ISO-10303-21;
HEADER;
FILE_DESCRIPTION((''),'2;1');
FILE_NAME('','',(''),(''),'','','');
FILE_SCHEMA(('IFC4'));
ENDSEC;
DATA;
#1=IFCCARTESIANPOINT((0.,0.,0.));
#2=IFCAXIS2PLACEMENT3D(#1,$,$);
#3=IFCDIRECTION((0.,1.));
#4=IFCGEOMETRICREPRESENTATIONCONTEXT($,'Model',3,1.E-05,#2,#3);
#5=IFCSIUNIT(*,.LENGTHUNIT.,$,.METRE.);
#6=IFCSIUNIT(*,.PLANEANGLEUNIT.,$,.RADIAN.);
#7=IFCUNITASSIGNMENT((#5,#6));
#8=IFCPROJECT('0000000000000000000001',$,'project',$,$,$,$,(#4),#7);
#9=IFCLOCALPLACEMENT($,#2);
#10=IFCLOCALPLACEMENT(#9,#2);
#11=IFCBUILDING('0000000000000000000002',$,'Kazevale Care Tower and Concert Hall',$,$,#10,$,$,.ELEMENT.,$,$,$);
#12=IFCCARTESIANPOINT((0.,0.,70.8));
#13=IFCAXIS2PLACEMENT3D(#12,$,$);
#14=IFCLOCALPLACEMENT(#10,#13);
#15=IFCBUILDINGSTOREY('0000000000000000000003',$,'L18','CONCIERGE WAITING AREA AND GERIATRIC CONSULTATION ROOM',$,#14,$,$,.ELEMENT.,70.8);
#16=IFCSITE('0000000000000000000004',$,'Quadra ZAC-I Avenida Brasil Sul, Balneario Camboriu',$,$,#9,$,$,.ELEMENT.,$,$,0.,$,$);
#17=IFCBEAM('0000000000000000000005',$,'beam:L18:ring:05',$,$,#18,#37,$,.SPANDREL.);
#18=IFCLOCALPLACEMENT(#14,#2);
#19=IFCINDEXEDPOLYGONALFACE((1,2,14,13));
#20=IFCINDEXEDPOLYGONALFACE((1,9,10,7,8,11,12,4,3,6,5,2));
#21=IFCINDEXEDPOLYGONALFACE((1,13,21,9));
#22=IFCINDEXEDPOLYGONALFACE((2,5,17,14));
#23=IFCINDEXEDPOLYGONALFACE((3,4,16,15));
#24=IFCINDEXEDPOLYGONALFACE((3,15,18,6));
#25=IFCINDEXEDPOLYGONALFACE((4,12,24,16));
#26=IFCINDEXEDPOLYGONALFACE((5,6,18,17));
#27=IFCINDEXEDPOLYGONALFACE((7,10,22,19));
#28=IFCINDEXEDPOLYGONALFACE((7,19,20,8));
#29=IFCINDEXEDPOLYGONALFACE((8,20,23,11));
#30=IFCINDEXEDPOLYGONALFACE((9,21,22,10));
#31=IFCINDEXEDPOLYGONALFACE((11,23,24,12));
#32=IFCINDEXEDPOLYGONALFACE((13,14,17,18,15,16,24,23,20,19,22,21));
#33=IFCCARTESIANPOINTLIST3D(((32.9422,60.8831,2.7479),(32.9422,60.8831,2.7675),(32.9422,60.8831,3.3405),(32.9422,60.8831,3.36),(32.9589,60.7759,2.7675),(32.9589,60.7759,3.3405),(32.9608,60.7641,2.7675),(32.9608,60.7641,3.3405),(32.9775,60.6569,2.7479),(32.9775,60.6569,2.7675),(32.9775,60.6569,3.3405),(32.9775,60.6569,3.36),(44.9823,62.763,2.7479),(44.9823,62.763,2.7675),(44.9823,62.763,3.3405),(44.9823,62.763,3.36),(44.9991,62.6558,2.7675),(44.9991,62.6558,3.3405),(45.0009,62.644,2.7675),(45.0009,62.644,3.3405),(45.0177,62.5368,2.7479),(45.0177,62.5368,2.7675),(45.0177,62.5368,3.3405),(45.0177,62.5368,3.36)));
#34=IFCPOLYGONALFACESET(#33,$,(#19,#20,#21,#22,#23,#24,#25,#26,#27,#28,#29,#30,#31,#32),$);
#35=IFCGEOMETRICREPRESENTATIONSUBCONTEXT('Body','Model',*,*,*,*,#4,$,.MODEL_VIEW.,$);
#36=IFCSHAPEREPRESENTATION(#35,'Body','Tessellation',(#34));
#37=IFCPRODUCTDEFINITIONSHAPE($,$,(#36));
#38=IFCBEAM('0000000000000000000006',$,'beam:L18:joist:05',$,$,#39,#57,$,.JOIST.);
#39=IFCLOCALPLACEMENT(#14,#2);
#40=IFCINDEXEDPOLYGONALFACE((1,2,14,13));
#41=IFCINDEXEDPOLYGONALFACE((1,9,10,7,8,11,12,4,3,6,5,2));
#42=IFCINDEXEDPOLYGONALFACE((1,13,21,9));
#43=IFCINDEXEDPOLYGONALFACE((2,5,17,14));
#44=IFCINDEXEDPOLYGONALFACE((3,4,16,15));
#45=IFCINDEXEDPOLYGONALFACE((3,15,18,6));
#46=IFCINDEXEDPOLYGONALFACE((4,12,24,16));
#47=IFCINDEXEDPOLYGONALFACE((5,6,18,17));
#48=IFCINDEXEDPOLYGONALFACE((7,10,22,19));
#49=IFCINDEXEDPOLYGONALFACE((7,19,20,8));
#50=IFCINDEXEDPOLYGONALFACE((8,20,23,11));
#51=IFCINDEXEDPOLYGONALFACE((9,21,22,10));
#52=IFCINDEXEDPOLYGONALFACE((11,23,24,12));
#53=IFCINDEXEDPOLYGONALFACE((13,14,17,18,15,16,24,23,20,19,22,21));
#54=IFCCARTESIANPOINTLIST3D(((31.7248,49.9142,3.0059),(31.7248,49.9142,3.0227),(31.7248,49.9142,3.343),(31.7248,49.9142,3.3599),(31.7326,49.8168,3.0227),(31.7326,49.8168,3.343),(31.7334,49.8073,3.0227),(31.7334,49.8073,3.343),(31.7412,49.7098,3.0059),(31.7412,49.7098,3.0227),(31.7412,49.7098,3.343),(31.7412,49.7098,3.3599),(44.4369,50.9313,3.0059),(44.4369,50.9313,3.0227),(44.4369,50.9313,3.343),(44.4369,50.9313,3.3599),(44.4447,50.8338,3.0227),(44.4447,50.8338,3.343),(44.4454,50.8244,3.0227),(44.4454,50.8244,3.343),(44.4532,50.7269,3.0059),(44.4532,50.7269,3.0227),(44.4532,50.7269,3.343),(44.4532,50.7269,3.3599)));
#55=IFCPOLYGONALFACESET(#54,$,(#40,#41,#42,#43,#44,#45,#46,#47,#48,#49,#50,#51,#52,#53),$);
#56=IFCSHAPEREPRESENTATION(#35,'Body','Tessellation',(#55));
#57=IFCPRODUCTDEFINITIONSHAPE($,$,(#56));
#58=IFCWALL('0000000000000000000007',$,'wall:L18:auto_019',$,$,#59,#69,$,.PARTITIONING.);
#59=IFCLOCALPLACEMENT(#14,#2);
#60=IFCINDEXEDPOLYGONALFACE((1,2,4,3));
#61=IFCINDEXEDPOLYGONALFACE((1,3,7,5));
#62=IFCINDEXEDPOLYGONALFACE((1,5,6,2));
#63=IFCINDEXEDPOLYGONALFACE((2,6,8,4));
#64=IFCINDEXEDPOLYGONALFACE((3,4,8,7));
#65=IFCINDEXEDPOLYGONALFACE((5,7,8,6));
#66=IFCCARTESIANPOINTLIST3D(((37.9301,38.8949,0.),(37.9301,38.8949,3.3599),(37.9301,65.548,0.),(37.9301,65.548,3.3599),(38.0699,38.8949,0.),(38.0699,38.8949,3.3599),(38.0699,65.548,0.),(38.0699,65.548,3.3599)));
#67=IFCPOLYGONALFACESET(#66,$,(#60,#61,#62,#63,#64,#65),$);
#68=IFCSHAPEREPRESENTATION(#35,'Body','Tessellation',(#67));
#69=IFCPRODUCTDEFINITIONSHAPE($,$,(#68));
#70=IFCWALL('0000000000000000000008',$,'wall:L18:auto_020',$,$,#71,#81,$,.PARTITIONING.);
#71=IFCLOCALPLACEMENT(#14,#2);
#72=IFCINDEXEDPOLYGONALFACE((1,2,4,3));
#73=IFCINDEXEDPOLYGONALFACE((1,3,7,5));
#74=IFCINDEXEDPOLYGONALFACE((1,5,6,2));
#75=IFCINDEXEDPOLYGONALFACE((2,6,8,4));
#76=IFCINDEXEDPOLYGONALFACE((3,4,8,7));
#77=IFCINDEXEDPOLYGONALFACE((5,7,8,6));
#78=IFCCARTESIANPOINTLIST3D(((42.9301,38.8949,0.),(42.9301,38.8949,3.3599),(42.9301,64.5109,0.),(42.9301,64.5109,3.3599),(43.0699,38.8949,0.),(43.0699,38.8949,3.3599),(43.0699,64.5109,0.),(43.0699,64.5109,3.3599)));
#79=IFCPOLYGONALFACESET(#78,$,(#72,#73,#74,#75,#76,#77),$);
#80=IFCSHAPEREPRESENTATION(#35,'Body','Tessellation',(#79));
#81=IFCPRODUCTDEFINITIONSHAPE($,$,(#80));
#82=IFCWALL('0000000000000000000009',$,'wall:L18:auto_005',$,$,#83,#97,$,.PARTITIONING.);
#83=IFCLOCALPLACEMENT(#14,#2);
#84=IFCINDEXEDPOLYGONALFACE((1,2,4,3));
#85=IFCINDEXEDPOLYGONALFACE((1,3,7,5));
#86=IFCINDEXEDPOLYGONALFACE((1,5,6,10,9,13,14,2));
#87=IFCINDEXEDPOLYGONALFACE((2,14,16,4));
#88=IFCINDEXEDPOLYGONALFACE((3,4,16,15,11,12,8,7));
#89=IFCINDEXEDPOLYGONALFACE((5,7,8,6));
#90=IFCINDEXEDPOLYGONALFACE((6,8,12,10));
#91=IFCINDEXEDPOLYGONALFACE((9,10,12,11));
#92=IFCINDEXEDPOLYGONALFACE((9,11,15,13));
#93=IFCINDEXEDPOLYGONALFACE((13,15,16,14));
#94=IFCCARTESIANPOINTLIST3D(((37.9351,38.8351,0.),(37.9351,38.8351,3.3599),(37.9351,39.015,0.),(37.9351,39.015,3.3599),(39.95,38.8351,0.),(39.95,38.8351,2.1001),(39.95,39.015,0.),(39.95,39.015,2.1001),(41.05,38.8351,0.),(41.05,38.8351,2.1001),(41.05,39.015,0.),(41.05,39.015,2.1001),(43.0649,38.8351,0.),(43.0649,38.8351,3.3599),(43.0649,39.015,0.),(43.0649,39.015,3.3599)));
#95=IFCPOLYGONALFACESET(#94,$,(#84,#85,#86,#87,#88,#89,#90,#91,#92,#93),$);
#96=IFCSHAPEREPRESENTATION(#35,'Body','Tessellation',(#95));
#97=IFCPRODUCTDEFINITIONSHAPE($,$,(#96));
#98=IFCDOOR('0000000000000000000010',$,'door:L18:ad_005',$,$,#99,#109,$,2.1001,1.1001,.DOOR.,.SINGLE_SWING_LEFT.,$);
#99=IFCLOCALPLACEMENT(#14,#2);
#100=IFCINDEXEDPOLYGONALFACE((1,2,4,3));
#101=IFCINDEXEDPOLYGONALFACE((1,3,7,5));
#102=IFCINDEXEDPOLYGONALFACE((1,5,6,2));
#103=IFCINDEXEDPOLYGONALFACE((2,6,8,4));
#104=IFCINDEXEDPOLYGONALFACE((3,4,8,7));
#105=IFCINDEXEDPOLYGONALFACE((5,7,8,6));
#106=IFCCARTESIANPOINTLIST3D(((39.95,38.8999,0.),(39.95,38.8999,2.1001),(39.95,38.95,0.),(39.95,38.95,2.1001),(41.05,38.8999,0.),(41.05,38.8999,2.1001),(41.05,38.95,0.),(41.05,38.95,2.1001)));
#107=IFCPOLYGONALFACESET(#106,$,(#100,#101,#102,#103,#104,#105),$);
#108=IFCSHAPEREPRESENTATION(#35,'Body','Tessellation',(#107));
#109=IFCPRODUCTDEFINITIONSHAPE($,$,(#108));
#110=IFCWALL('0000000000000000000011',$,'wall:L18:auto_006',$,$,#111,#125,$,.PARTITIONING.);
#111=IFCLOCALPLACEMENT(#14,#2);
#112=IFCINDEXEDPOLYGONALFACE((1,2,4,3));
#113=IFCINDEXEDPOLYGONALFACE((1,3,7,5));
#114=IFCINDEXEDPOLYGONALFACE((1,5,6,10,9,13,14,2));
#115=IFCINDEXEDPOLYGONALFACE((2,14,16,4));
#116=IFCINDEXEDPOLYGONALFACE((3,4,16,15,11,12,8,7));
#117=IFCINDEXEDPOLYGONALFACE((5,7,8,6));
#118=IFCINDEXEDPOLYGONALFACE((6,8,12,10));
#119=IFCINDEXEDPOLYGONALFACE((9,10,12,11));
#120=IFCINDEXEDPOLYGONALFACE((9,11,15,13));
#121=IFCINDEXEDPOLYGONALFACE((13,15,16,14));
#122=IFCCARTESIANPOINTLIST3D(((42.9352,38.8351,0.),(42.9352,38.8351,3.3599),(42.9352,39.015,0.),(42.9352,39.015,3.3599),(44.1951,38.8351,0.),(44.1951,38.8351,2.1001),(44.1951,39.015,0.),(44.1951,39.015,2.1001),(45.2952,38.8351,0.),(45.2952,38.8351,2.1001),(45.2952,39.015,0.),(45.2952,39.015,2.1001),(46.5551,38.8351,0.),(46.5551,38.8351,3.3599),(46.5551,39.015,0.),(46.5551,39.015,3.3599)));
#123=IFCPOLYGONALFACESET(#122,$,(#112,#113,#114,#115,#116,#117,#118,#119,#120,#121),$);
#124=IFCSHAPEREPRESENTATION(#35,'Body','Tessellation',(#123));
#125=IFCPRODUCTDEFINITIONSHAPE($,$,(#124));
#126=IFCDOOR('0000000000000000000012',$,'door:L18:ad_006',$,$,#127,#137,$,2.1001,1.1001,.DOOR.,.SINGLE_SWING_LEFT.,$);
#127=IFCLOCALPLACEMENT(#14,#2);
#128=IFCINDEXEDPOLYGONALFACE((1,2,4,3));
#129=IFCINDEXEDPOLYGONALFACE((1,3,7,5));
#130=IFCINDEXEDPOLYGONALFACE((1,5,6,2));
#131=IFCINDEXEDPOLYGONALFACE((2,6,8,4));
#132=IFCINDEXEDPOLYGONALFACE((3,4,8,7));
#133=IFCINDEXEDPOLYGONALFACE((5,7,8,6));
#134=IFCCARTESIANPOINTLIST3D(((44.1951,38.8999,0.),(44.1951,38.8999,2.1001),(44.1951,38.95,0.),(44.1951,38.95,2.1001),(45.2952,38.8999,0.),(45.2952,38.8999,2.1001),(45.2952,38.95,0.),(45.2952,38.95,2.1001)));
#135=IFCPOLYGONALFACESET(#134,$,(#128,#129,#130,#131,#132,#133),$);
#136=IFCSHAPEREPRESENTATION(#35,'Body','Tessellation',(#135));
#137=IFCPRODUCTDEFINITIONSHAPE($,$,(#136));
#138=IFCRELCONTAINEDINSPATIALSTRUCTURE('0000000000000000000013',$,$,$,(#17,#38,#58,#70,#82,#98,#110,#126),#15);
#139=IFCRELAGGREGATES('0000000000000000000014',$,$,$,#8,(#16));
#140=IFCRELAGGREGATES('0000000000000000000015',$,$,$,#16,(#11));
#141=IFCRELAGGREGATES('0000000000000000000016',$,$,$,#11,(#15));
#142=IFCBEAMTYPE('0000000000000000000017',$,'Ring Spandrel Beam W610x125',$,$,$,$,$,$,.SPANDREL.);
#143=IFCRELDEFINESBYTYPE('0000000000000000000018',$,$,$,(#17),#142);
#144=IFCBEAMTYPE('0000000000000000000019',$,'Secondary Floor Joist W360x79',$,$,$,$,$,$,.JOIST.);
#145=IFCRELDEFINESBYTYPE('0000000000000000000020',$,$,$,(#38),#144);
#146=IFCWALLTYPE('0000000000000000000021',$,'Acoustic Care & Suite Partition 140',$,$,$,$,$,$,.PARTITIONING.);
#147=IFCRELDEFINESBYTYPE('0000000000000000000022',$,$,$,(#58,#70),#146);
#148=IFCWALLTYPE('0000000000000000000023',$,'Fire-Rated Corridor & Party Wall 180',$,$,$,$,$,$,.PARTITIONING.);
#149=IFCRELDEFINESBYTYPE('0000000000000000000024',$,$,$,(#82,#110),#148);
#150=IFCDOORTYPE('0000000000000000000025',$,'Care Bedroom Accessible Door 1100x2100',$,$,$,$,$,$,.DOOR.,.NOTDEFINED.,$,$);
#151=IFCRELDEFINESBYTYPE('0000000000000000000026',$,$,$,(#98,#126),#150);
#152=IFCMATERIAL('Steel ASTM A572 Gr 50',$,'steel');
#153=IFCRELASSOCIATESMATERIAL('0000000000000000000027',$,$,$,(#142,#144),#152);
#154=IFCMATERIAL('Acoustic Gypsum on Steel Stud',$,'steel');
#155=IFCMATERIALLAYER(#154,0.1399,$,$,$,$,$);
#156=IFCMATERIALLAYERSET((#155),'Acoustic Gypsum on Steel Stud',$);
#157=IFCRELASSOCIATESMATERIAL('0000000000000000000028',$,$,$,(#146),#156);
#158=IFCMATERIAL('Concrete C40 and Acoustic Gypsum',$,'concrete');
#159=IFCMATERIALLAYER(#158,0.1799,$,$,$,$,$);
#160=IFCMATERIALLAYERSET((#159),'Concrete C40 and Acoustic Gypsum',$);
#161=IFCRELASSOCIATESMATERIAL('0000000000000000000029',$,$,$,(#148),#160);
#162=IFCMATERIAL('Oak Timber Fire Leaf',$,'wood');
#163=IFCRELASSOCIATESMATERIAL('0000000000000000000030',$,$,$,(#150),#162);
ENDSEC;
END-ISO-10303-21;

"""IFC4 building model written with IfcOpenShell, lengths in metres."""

from ifc_helpers import new_model, si_unit, direction, frame, frame_2d, origin, origin_2d, place, context, subcontext, project, spatial, rectangle, i_section, extrude, material, layer, layer_set, material_profile, profile_set, type_object, element, fill, save


model = new_model("IFC4")

# Units and contexts
model_context = context("Model", 3, precision=1e-05, world=origin(), true_north=direction((0.0, 1.0)))
body_context = subcontext(model_context, "Body", "Model", "MODEL_VIEW")
ifc_project = project(units=[si_unit("LENGTHUNIT", "METRE"), si_unit("PLANEANGLEUNIT", "RADIAN")], contexts=[model_context])

# Site, building, storey
site_placement = place(None, origin())
site = spatial("IfcSite", under=ifc_project, at=site_placement, Name="Quadra ZAC-I Avenida Brasil Sul, Balneario Camboriu", CompositionType="ELEMENT", RefElevation=0.0)
building_placement = place(site_placement, origin())
building = spatial("IfcBuilding", under=site, at=building_placement, Name="Kazevale Care Tower and Concert Hall", CompositionType="ELEMENT")
storey_placement = place(building_placement, frame((0.0, 0.0, 70.8)))
storey = spatial("IfcBuildingStorey", under=building, at=storey_placement, Name="L18", Description="CONCIERGE WAITING AREA AND GERIATRIC CONSULTATION ROOM", CompositionType="ELEMENT", Elevation=70.8)

# Beams
ifc_material_1 = material(Name="Steel ASTM A572 Gr 50", Category="steel")
ifc_material_profile_1 = material_profile(ifc_material_1, i_section(OverallWidth=0.229, OverallDepth=0.6121, WebThickness=0.012, FlangeThickness=0.0195, at=origin_2d()), Name="W610x125")
ifc_profile_set_1 = profile_set([ifc_material_profile_1], Name="Steel ASTM A572 Gr 50")
beam_type_1 = type_object("IfcBeamType", Name="Ring Spandrel Beam W610x125", PredefinedType="SPANDREL", material=ifc_profile_set_1)
beam_1_placement = place(storey_placement, frame((45.0, 62.6499, 3.054), z_axis=(-0.988029, -0.154267, 0.0), x_axis=(0.154267, -0.988029, 0.0)))
element("IfcBeam", 1, at=beam_1_placement, inside=storey, type_object=beam_type_1, Name="beam:L18:ring:05", PredefinedType="SPANDREL", context=body_context, shape_type="SweptSolid", body=[
    extrude(i_section(OverallWidth=0.229, OverallDepth=0.6121, WebThickness=0.012, FlangeThickness=0.0195, at=origin_2d()), origin(), (0.0, 0.0, 1.0), 12.186),
])
ifc_material_profile_2 = material_profile(ifc_material_1, i_section(OverallWidth=0.2051, OverallDepth=0.354, WebThickness=0.0095, FlangeThickness=0.0168, at=origin_2d()), Name="W360x79")
ifc_profile_set_2 = profile_set([ifc_material_profile_2], Name="Steel ASTM A572 Gr 50")
beam_type_2 = type_object("IfcBeamType", Name="Secondary Floor Joist W360x79", PredefinedType="JOIST", material=ifc_profile_set_2)
beam_2_placement = place(storey_placement, frame((44.4451, 50.8291, 3.1829), z_axis=(-0.996815, -0.079754, 0.0), x_axis=(0.079754, -0.996815, 0.0)))
element("IfcBeam", 2, at=beam_2_placement, inside=storey, type_object=beam_type_2, Name="beam:L18:joist:05", PredefinedType="JOIST", context=body_context, shape_type="SweptSolid", body=[
    extrude(i_section(OverallWidth=0.2051, OverallDepth=0.354, WebThickness=0.0095, FlangeThickness=0.0168, at=origin_2d()), origin(), (0.0, 0.0, 1.0), 12.7527),
])

# Walls
ifc_material_2 = material(Name="Acoustic Gypsum on Steel Stud", Category="steel")
ifc_layer_1 = layer(ifc_material_2, 0.1399)
ifc_layer_set_1 = layer_set([ifc_layer_1], Name="Acoustic Gypsum on Steel Stud")
wall_type_1 = type_object("IfcWallType", Name="Acoustic Care & Suite Partition 140", PredefinedType="PARTITIONING", material=ifc_layer_set_1)
wall_1_placement = place(storey_placement, frame((38.0, 65.5481, 0.0), z_axis=(0.0, 0.0, 1.0), x_axis=(0.0, -1.0, 0.0)))
element("IfcWall", 3, at=wall_1_placement, inside=storey, type_object=wall_type_1, Name="wall:L18:auto_019", PredefinedType="PARTITIONING", context=body_context, shape_type="SweptSolid", body=[
    extrude(rectangle(XDim=26.6531, YDim=0.1399, at=frame_2d((13.3267, 0.0))), origin(), (0.0, 0.0, 1.0), 3.3599),
])
wall_2_placement = place(storey_placement, frame((43.0, 64.511, 0.0), z_axis=(0.0, 0.0, 1.0), x_axis=(0.0, -1.0, 0.0)))
element("IfcWall", 4, at=wall_2_placement, inside=storey, type_object=wall_type_1, Name="wall:L18:auto_020", PredefinedType="PARTITIONING", context=body_context, shape_type="SweptSolid", body=[
    extrude(rectangle(XDim=25.616, YDim=0.1399, at=frame_2d((12.8081, 0.0))), origin(), (0.0, 0.0, 1.0), 3.3599),
])

# Walls, openings, doors
ifc_material_3 = material(Name="Concrete C40 and Acoustic Gypsum", Category="concrete")
ifc_layer_2 = layer(ifc_material_3, 0.1799)
ifc_layer_set_2 = layer_set([ifc_layer_2], Name="Concrete C40 and Acoustic Gypsum")
wall_type_2 = type_object("IfcWallType", Name="Fire-Rated Corridor & Party Wall 180", PredefinedType="PARTITIONING", material=ifc_layer_set_2)
wall_3_placement = place(storey_placement, frame((37.9351, 38.925, 0.0), z_axis=(0.0, 0.0, 1.0), x_axis=(1.0, 0.0, 0.0)))
wall_3 = element("IfcWall", 5, at=wall_3_placement, inside=storey, type_object=wall_type_2, Name="wall:L18:auto_005", PredefinedType="PARTITIONING", context=body_context, shape_type="SweptSolid", body=[
    extrude(rectangle(XDim=5.1299, YDim=0.1799, at=frame_2d((2.5649, 0.0))), origin(), (0.0, 0.0, 1.0), 3.3599),
])
opening_1_placement = place(wall_3_placement, frame((2.0149, 0.0, 0.0)))
opening_1 = element("IfcOpeningElement", 6, at=opening_1_placement, cuts=wall_3, PredefinedType="OPENING", context=body_context, shape_type="SweptSolid", body=[
    extrude(rectangle(XDim=1.1001, YDim=2.1001, at=frame_2d((0.55, 1.05))), frame((0.0, 0.0999, 0.0), z_axis=(0.0, -1.0, 0.0), x_axis=(1.0, 0.0, 0.0)), (0.0, 0.0, 1.0), 0.2),
])
ifc_material_4 = material(Name="Oak Timber Fire Leaf", Category="wood")
door_type = type_object("IfcDoorType", Name="Care Bedroom Accessible Door 1100x2100", OperationType="NOTDEFINED", PredefinedType="DOOR", material=ifc_material_4)
door_1_placement = place(opening_1_placement, origin())
door_1 = element("IfcDoor", 7, at=door_1_placement, inside=storey, type_object=door_type, Name="door:L18:ad_005", OperationType="SINGLE_SWING_LEFT", OverallHeight=2.1001, OverallWidth=1.1001, PredefinedType="DOOR", context=body_context, shape_type="SweptSolid", body=[
    extrude(rectangle(XDim=1.1001, YDim=2.1001, at=frame_2d((0.55, 1.05))), frame((0.0, 0.0249, 0.0), z_axis=(0.0, -1.0, 0.0), x_axis=(1.0, 0.0, 0.0)), (0.0, 0.0, 1.0), 0.05),
])
fill(opening_1, door_1)
wall_4_placement = place(storey_placement, frame((42.9351, 38.925, 0.0), z_axis=(0.0, 0.0, 1.0), x_axis=(1.0, 0.0, 0.0)))
wall_4 = element("IfcWall", 8, at=wall_4_placement, inside=storey, type_object=wall_type_2, Name="wall:L18:auto_006", PredefinedType="PARTITIONING", context=body_context, shape_type="SweptSolid", body=[
    extrude(rectangle(XDim=3.6199, YDim=0.1799, at=frame_2d((1.8101, 0.0))), origin(), (0.0, 0.0, 1.0), 3.3599),
])
opening_2_placement = place(wall_4_placement, frame((1.26, 0.0, 0.0)))
opening_2 = element("IfcOpeningElement", 9, at=opening_2_placement, cuts=wall_4, PredefinedType="OPENING", context=body_context, shape_type="SweptSolid", body=[
    extrude(rectangle(XDim=1.1001, YDim=2.1001, at=frame_2d((0.55, 1.05))), frame((0.0, 0.0999, 0.0), z_axis=(0.0, -1.0, 0.0), x_axis=(1.0, 0.0, 0.0)), (0.0, 0.0, 1.0), 0.2),
])
door_2_placement = place(opening_2_placement, origin())
door_2 = element("IfcDoor", 10, at=door_2_placement, inside=storey, type_object=door_type, Name="door:L18:ad_006", OperationType="SINGLE_SWING_LEFT", OverallHeight=2.1001, OverallWidth=1.1001, PredefinedType="DOOR", context=body_context, shape_type="SweptSolid", body=[
    extrude(rectangle(XDim=1.1001, YDim=2.1001, at=frame_2d((0.55, 1.05))), frame((0.0, 0.0249, 0.0), z_axis=(0.0, -1.0, 0.0), x_axis=(1.0, 0.0, 0.0)), (0.0, 0.0, 1.0), 0.05),
])
fill(opening_2, door_2)

save(model, "model.ifc")
